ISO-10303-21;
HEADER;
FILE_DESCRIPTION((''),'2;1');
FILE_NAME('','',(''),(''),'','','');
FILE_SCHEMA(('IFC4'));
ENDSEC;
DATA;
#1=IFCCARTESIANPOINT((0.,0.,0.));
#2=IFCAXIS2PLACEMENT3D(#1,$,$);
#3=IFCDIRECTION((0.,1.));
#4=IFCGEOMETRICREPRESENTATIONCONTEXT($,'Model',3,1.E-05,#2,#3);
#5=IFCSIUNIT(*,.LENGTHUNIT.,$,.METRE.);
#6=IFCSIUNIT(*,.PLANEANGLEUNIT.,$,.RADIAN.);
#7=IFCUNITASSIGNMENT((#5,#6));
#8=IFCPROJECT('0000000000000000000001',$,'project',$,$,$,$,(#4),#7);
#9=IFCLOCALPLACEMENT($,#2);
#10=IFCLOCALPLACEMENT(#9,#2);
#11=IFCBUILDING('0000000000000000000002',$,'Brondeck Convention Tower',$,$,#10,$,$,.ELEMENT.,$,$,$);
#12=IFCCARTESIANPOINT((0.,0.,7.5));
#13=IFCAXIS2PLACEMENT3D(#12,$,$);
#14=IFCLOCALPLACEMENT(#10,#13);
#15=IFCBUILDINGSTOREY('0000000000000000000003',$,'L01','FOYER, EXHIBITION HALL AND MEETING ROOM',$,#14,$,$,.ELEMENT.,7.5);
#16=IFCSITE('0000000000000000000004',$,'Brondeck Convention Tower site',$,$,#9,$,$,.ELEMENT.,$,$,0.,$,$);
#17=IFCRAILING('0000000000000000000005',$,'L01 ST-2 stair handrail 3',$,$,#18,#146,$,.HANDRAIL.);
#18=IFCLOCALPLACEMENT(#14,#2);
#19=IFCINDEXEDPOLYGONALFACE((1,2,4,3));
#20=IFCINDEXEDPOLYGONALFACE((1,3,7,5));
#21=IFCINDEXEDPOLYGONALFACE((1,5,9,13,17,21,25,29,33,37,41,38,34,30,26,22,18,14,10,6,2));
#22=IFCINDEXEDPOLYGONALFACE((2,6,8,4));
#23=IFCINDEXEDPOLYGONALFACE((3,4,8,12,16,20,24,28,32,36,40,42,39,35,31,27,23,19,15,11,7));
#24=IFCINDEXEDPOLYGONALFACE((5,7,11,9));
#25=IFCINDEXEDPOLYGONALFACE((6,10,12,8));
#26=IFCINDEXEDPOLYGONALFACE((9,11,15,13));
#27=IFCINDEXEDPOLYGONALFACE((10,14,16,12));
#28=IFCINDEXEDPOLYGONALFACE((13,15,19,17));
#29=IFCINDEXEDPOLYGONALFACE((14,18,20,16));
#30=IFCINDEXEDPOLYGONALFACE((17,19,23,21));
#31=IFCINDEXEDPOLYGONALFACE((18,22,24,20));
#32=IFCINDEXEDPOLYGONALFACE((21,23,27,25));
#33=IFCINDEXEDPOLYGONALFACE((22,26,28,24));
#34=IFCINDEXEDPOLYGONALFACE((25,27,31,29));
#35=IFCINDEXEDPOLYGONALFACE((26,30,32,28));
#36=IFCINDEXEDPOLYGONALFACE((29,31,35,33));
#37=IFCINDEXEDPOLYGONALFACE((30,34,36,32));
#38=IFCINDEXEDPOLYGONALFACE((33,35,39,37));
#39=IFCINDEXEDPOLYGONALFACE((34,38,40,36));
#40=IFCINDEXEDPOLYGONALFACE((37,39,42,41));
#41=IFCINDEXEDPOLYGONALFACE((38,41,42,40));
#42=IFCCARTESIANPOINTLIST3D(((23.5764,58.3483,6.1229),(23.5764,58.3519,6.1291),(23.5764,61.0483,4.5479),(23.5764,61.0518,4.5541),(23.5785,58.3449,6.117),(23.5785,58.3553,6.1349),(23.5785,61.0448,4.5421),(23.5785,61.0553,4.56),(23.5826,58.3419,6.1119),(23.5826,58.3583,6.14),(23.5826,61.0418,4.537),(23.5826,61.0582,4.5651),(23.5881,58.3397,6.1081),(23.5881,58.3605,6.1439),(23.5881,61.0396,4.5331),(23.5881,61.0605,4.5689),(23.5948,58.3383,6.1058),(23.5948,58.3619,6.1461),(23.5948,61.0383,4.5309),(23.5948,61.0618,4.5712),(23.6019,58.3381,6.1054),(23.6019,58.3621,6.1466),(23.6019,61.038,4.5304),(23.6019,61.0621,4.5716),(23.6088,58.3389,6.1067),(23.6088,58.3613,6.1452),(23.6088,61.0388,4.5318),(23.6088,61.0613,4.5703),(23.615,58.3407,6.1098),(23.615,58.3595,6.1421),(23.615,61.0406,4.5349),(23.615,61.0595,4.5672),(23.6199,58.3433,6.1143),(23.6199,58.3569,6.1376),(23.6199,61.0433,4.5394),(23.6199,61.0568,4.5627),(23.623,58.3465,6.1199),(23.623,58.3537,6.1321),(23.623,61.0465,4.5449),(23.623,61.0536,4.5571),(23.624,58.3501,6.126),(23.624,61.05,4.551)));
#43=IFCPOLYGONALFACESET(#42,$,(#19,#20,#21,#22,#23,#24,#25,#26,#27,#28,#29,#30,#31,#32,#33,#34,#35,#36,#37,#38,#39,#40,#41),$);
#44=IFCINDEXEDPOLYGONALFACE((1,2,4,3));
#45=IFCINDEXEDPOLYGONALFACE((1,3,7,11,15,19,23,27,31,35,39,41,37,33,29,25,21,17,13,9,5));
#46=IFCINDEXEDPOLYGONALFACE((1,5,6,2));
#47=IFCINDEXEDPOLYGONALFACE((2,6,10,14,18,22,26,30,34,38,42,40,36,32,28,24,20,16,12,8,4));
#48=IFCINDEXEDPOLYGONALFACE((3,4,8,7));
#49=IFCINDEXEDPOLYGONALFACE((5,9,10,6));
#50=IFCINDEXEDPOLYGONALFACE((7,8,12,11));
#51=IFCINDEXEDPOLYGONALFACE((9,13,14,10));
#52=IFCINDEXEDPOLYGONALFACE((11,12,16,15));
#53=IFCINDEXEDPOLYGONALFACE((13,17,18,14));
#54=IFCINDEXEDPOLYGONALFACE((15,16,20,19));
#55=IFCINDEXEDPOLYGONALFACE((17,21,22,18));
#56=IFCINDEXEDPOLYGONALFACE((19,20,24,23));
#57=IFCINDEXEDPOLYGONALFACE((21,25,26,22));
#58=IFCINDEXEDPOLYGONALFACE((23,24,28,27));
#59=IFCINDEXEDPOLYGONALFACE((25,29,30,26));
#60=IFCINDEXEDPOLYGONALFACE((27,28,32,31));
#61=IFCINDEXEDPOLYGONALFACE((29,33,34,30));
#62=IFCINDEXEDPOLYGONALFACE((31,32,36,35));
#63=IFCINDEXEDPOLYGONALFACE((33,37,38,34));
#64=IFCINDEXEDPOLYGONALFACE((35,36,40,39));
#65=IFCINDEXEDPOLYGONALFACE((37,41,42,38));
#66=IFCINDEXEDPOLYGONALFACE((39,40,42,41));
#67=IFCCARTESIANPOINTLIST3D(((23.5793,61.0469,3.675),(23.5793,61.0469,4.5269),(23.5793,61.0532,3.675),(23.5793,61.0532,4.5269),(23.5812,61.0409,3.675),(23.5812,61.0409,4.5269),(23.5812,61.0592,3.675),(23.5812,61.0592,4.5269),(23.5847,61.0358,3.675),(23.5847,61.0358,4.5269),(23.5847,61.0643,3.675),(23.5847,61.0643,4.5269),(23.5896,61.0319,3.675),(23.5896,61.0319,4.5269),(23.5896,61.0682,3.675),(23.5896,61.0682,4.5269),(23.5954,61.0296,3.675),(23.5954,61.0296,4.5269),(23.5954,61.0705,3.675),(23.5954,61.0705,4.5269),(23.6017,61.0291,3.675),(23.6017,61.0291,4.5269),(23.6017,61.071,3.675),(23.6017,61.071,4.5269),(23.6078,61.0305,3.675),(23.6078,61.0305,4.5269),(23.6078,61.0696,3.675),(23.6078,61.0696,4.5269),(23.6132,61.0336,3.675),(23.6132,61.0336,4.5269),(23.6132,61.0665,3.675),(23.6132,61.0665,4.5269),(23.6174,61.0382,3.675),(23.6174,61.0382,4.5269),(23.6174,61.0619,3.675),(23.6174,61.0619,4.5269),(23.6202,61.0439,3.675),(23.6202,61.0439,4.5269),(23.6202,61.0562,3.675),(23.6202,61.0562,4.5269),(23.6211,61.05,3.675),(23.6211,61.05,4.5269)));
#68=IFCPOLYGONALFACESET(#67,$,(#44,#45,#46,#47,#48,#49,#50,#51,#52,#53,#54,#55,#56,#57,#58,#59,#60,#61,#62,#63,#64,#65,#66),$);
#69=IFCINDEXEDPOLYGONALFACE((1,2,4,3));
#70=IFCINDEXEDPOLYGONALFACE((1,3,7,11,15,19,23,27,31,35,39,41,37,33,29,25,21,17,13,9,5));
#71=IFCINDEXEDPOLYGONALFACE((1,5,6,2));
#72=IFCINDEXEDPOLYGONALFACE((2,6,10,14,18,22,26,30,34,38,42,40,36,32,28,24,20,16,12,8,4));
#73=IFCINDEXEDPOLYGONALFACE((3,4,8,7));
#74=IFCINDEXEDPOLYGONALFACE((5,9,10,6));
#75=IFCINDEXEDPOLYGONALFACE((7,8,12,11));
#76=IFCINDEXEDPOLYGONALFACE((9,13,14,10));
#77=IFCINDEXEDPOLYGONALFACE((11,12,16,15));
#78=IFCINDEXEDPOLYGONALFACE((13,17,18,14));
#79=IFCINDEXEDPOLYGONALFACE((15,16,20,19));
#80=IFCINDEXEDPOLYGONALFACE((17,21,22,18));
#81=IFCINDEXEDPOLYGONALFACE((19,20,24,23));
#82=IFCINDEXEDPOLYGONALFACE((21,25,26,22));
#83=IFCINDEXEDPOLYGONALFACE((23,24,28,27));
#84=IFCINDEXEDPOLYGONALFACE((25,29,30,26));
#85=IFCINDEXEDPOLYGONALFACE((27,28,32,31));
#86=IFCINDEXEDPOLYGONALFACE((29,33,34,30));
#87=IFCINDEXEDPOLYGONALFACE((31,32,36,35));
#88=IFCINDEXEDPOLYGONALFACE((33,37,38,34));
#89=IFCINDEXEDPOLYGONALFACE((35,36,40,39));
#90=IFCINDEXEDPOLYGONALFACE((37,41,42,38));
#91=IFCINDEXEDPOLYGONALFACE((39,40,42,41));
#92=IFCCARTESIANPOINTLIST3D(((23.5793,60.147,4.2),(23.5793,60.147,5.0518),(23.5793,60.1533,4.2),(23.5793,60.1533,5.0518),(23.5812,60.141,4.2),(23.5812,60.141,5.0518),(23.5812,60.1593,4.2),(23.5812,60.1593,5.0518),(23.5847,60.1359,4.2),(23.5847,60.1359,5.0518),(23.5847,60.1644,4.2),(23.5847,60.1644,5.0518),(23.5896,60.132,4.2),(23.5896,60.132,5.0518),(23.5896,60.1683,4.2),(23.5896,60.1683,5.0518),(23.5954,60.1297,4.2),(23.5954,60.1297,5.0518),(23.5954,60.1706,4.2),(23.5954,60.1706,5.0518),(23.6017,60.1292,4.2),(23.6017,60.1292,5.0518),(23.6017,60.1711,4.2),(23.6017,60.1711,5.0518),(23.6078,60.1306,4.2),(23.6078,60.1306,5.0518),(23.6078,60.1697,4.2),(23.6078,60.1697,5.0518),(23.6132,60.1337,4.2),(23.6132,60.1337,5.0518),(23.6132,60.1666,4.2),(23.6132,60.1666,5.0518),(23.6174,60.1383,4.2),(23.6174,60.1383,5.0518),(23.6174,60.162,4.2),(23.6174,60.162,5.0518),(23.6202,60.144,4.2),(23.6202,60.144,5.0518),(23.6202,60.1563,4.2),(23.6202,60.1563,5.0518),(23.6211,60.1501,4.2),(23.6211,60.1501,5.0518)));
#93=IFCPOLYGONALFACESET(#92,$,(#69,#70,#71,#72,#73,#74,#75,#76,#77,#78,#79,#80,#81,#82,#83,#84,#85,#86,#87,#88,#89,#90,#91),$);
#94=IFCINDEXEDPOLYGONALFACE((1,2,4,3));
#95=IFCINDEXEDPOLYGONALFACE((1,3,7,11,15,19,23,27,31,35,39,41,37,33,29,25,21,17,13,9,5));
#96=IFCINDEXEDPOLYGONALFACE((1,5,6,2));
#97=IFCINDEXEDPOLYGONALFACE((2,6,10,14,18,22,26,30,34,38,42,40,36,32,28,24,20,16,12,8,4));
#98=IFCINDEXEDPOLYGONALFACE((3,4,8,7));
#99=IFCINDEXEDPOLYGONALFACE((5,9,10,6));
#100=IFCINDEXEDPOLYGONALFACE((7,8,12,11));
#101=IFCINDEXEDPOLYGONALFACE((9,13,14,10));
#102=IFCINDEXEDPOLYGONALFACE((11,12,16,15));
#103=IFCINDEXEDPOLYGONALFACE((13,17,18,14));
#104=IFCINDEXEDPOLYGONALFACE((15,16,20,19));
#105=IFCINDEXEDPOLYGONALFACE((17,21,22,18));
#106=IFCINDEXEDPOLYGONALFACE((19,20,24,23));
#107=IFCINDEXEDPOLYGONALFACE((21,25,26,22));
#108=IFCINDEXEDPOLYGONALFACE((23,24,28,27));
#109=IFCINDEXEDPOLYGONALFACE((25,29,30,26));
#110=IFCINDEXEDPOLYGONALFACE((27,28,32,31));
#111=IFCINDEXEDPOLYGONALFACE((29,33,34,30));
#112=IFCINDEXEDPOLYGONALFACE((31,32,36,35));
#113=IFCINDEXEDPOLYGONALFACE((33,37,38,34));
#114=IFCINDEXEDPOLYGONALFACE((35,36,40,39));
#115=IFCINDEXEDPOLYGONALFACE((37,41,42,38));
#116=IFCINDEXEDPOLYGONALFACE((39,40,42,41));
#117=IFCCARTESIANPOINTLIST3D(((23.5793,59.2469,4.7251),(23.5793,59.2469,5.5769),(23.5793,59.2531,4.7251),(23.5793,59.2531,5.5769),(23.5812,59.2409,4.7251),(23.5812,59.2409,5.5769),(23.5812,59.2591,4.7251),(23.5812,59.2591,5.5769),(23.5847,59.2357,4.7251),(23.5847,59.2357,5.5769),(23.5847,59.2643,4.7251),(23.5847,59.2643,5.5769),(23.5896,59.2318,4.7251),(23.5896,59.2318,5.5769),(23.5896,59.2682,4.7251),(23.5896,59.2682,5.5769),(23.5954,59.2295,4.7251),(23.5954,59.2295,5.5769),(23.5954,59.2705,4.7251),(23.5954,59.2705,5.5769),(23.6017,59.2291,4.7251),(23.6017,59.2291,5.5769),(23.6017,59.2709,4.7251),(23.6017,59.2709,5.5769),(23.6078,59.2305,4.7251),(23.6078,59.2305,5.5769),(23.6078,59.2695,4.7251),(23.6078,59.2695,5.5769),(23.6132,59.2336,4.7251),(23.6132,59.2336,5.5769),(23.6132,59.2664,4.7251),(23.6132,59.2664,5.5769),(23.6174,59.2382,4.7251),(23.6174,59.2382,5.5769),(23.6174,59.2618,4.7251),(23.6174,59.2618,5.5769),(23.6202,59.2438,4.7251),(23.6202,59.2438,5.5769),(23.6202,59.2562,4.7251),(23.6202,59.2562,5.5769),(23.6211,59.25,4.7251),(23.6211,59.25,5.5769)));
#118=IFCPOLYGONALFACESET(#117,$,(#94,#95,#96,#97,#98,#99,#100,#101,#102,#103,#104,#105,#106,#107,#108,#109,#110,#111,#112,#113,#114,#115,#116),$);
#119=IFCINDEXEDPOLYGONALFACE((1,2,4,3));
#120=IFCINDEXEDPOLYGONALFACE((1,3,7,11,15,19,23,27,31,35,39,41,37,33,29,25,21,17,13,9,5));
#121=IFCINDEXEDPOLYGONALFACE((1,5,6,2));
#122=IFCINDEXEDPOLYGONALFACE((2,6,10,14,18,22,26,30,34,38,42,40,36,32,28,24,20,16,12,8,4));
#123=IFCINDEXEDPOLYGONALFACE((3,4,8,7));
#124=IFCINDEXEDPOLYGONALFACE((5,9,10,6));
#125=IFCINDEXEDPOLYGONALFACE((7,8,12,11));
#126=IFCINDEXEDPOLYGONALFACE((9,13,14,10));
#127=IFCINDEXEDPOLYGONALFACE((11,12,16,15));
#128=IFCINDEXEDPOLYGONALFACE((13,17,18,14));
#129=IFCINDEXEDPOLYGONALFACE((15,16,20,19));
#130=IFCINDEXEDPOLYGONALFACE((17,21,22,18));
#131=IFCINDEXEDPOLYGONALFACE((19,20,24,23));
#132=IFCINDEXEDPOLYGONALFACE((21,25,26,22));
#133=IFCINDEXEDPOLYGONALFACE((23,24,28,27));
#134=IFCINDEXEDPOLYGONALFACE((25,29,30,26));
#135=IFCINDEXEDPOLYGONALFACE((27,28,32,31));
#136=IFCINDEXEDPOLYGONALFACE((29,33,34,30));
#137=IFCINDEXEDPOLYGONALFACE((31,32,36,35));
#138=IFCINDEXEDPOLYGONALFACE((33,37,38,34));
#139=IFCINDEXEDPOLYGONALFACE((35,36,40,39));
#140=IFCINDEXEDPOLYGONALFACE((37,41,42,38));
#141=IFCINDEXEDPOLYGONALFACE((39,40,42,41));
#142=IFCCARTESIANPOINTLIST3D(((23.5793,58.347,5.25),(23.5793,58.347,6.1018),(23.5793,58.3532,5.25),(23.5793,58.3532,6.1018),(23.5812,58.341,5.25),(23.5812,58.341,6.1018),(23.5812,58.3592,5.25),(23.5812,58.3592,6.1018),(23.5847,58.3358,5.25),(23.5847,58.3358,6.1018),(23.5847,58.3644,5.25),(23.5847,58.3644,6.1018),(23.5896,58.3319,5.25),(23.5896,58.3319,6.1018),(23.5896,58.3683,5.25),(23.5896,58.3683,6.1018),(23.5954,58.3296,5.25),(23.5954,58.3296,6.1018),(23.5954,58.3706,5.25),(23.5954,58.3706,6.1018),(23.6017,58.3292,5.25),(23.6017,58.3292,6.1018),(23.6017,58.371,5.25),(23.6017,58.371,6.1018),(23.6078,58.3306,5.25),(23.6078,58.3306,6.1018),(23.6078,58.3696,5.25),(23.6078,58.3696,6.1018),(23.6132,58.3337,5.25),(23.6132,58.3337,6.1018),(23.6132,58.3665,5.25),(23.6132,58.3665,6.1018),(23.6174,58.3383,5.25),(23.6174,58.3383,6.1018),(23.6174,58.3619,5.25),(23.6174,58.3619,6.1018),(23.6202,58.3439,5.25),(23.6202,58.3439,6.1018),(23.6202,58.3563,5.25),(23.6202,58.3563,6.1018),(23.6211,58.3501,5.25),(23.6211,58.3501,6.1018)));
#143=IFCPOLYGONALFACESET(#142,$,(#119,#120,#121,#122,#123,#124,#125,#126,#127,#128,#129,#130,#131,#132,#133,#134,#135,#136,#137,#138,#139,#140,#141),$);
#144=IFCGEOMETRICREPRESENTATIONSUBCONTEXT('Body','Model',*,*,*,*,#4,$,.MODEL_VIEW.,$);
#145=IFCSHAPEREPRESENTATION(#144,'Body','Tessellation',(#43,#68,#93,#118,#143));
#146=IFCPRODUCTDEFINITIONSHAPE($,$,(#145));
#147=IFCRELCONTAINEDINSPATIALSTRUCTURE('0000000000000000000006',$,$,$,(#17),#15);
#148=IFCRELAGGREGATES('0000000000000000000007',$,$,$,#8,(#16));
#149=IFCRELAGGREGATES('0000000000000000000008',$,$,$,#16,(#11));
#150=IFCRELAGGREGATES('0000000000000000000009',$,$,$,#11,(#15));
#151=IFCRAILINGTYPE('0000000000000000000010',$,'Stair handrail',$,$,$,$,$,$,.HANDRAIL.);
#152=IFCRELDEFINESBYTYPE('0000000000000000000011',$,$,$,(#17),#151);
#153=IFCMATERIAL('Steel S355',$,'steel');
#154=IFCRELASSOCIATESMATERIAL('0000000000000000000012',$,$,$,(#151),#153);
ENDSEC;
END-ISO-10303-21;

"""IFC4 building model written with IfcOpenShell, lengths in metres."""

from ifc_helpers import new_model, si_unit, direction, frame, origin, origin_2d, place, context, subcontext, project, spatial, circle, extrude, material, type_object, element, save


model = new_model("IFC4")

# Units and contexts
model_context = context("Model", 3, precision=1e-05, world=origin(), true_north=direction((0.0, 1.0)))
body_context = subcontext(model_context, "Body", "Model", "MODEL_VIEW")
ifc_project = project(units=[si_unit("LENGTHUNIT", "METRE"), si_unit("PLANEANGLEUNIT", "RADIAN")], contexts=[model_context])

# Site, building, storey
site_placement = place(None, origin())
site = spatial("IfcSite", under=ifc_project, at=site_placement, Name="Brondeck Convention Tower site", CompositionType="ELEMENT", RefElevation=0.0)
building_placement = place(site_placement, origin())
building = spatial("IfcBuilding", under=site, at=building_placement, Name="Brondeck Convention Tower", CompositionType="ELEMENT")
storey_placement = place(building_placement, frame((0.0, 0.0, 7.5)))
storey = spatial("IfcBuildingStorey", under=building, at=storey_placement, Name="L01", Description="FOYER, EXHIBITION HALL AND MEETING ROOM", CompositionType="ELEMENT", Elevation=7.5)

# Shared definitions
ifc_material_1 = material(Name="Steel S355", Category="steel")

# Railing
railing_type_1 = type_object("IfcRailingType", Name="Stair handrail", PredefinedType="HANDRAIL", material=ifc_material_1)
railing_1_placement = place(storey_placement, frame((23.6001, 61.05, 3.675)))
element("IfcRailing", 1, at=railing_1_placement, inside=storey, type_object=railing_type_1, Name="L01 ST-2 stair handrail 3", PredefinedType="HANDRAIL", context=body_context, shape_type="SweptSolid", body=[
    extrude(circle(Radius=0.0239, at=origin_2d()), frame((0.0, 0.0, 0.876), z_axis=(0.0, -0.863782, 0.503866), x_axis=(1.0, 0.0, 0.0)), (0.0, 0.0, 1.0), 3.1257),
    extrude(circle(Radius=0.021, at=origin_2d()), origin(), (0.0, 0.0, 1.0), 0.8518),
    extrude(circle(Radius=0.021, at=origin_2d()), frame((0.0, -0.8999, 0.5249)), (0.0, 0.0, 1.0), 0.8518),
    extrude(circle(Radius=0.021, at=origin_2d()), frame((0.0, -1.8, 1.05)), (0.0, 0.0, 1.0), 0.8518),
    extrude(circle(Radius=0.021, at=origin_2d()), frame((0.0, -2.7, 1.575)), (0.0, 0.0, 1.0), 0.8518),
])

save(model, "model.ifc")
